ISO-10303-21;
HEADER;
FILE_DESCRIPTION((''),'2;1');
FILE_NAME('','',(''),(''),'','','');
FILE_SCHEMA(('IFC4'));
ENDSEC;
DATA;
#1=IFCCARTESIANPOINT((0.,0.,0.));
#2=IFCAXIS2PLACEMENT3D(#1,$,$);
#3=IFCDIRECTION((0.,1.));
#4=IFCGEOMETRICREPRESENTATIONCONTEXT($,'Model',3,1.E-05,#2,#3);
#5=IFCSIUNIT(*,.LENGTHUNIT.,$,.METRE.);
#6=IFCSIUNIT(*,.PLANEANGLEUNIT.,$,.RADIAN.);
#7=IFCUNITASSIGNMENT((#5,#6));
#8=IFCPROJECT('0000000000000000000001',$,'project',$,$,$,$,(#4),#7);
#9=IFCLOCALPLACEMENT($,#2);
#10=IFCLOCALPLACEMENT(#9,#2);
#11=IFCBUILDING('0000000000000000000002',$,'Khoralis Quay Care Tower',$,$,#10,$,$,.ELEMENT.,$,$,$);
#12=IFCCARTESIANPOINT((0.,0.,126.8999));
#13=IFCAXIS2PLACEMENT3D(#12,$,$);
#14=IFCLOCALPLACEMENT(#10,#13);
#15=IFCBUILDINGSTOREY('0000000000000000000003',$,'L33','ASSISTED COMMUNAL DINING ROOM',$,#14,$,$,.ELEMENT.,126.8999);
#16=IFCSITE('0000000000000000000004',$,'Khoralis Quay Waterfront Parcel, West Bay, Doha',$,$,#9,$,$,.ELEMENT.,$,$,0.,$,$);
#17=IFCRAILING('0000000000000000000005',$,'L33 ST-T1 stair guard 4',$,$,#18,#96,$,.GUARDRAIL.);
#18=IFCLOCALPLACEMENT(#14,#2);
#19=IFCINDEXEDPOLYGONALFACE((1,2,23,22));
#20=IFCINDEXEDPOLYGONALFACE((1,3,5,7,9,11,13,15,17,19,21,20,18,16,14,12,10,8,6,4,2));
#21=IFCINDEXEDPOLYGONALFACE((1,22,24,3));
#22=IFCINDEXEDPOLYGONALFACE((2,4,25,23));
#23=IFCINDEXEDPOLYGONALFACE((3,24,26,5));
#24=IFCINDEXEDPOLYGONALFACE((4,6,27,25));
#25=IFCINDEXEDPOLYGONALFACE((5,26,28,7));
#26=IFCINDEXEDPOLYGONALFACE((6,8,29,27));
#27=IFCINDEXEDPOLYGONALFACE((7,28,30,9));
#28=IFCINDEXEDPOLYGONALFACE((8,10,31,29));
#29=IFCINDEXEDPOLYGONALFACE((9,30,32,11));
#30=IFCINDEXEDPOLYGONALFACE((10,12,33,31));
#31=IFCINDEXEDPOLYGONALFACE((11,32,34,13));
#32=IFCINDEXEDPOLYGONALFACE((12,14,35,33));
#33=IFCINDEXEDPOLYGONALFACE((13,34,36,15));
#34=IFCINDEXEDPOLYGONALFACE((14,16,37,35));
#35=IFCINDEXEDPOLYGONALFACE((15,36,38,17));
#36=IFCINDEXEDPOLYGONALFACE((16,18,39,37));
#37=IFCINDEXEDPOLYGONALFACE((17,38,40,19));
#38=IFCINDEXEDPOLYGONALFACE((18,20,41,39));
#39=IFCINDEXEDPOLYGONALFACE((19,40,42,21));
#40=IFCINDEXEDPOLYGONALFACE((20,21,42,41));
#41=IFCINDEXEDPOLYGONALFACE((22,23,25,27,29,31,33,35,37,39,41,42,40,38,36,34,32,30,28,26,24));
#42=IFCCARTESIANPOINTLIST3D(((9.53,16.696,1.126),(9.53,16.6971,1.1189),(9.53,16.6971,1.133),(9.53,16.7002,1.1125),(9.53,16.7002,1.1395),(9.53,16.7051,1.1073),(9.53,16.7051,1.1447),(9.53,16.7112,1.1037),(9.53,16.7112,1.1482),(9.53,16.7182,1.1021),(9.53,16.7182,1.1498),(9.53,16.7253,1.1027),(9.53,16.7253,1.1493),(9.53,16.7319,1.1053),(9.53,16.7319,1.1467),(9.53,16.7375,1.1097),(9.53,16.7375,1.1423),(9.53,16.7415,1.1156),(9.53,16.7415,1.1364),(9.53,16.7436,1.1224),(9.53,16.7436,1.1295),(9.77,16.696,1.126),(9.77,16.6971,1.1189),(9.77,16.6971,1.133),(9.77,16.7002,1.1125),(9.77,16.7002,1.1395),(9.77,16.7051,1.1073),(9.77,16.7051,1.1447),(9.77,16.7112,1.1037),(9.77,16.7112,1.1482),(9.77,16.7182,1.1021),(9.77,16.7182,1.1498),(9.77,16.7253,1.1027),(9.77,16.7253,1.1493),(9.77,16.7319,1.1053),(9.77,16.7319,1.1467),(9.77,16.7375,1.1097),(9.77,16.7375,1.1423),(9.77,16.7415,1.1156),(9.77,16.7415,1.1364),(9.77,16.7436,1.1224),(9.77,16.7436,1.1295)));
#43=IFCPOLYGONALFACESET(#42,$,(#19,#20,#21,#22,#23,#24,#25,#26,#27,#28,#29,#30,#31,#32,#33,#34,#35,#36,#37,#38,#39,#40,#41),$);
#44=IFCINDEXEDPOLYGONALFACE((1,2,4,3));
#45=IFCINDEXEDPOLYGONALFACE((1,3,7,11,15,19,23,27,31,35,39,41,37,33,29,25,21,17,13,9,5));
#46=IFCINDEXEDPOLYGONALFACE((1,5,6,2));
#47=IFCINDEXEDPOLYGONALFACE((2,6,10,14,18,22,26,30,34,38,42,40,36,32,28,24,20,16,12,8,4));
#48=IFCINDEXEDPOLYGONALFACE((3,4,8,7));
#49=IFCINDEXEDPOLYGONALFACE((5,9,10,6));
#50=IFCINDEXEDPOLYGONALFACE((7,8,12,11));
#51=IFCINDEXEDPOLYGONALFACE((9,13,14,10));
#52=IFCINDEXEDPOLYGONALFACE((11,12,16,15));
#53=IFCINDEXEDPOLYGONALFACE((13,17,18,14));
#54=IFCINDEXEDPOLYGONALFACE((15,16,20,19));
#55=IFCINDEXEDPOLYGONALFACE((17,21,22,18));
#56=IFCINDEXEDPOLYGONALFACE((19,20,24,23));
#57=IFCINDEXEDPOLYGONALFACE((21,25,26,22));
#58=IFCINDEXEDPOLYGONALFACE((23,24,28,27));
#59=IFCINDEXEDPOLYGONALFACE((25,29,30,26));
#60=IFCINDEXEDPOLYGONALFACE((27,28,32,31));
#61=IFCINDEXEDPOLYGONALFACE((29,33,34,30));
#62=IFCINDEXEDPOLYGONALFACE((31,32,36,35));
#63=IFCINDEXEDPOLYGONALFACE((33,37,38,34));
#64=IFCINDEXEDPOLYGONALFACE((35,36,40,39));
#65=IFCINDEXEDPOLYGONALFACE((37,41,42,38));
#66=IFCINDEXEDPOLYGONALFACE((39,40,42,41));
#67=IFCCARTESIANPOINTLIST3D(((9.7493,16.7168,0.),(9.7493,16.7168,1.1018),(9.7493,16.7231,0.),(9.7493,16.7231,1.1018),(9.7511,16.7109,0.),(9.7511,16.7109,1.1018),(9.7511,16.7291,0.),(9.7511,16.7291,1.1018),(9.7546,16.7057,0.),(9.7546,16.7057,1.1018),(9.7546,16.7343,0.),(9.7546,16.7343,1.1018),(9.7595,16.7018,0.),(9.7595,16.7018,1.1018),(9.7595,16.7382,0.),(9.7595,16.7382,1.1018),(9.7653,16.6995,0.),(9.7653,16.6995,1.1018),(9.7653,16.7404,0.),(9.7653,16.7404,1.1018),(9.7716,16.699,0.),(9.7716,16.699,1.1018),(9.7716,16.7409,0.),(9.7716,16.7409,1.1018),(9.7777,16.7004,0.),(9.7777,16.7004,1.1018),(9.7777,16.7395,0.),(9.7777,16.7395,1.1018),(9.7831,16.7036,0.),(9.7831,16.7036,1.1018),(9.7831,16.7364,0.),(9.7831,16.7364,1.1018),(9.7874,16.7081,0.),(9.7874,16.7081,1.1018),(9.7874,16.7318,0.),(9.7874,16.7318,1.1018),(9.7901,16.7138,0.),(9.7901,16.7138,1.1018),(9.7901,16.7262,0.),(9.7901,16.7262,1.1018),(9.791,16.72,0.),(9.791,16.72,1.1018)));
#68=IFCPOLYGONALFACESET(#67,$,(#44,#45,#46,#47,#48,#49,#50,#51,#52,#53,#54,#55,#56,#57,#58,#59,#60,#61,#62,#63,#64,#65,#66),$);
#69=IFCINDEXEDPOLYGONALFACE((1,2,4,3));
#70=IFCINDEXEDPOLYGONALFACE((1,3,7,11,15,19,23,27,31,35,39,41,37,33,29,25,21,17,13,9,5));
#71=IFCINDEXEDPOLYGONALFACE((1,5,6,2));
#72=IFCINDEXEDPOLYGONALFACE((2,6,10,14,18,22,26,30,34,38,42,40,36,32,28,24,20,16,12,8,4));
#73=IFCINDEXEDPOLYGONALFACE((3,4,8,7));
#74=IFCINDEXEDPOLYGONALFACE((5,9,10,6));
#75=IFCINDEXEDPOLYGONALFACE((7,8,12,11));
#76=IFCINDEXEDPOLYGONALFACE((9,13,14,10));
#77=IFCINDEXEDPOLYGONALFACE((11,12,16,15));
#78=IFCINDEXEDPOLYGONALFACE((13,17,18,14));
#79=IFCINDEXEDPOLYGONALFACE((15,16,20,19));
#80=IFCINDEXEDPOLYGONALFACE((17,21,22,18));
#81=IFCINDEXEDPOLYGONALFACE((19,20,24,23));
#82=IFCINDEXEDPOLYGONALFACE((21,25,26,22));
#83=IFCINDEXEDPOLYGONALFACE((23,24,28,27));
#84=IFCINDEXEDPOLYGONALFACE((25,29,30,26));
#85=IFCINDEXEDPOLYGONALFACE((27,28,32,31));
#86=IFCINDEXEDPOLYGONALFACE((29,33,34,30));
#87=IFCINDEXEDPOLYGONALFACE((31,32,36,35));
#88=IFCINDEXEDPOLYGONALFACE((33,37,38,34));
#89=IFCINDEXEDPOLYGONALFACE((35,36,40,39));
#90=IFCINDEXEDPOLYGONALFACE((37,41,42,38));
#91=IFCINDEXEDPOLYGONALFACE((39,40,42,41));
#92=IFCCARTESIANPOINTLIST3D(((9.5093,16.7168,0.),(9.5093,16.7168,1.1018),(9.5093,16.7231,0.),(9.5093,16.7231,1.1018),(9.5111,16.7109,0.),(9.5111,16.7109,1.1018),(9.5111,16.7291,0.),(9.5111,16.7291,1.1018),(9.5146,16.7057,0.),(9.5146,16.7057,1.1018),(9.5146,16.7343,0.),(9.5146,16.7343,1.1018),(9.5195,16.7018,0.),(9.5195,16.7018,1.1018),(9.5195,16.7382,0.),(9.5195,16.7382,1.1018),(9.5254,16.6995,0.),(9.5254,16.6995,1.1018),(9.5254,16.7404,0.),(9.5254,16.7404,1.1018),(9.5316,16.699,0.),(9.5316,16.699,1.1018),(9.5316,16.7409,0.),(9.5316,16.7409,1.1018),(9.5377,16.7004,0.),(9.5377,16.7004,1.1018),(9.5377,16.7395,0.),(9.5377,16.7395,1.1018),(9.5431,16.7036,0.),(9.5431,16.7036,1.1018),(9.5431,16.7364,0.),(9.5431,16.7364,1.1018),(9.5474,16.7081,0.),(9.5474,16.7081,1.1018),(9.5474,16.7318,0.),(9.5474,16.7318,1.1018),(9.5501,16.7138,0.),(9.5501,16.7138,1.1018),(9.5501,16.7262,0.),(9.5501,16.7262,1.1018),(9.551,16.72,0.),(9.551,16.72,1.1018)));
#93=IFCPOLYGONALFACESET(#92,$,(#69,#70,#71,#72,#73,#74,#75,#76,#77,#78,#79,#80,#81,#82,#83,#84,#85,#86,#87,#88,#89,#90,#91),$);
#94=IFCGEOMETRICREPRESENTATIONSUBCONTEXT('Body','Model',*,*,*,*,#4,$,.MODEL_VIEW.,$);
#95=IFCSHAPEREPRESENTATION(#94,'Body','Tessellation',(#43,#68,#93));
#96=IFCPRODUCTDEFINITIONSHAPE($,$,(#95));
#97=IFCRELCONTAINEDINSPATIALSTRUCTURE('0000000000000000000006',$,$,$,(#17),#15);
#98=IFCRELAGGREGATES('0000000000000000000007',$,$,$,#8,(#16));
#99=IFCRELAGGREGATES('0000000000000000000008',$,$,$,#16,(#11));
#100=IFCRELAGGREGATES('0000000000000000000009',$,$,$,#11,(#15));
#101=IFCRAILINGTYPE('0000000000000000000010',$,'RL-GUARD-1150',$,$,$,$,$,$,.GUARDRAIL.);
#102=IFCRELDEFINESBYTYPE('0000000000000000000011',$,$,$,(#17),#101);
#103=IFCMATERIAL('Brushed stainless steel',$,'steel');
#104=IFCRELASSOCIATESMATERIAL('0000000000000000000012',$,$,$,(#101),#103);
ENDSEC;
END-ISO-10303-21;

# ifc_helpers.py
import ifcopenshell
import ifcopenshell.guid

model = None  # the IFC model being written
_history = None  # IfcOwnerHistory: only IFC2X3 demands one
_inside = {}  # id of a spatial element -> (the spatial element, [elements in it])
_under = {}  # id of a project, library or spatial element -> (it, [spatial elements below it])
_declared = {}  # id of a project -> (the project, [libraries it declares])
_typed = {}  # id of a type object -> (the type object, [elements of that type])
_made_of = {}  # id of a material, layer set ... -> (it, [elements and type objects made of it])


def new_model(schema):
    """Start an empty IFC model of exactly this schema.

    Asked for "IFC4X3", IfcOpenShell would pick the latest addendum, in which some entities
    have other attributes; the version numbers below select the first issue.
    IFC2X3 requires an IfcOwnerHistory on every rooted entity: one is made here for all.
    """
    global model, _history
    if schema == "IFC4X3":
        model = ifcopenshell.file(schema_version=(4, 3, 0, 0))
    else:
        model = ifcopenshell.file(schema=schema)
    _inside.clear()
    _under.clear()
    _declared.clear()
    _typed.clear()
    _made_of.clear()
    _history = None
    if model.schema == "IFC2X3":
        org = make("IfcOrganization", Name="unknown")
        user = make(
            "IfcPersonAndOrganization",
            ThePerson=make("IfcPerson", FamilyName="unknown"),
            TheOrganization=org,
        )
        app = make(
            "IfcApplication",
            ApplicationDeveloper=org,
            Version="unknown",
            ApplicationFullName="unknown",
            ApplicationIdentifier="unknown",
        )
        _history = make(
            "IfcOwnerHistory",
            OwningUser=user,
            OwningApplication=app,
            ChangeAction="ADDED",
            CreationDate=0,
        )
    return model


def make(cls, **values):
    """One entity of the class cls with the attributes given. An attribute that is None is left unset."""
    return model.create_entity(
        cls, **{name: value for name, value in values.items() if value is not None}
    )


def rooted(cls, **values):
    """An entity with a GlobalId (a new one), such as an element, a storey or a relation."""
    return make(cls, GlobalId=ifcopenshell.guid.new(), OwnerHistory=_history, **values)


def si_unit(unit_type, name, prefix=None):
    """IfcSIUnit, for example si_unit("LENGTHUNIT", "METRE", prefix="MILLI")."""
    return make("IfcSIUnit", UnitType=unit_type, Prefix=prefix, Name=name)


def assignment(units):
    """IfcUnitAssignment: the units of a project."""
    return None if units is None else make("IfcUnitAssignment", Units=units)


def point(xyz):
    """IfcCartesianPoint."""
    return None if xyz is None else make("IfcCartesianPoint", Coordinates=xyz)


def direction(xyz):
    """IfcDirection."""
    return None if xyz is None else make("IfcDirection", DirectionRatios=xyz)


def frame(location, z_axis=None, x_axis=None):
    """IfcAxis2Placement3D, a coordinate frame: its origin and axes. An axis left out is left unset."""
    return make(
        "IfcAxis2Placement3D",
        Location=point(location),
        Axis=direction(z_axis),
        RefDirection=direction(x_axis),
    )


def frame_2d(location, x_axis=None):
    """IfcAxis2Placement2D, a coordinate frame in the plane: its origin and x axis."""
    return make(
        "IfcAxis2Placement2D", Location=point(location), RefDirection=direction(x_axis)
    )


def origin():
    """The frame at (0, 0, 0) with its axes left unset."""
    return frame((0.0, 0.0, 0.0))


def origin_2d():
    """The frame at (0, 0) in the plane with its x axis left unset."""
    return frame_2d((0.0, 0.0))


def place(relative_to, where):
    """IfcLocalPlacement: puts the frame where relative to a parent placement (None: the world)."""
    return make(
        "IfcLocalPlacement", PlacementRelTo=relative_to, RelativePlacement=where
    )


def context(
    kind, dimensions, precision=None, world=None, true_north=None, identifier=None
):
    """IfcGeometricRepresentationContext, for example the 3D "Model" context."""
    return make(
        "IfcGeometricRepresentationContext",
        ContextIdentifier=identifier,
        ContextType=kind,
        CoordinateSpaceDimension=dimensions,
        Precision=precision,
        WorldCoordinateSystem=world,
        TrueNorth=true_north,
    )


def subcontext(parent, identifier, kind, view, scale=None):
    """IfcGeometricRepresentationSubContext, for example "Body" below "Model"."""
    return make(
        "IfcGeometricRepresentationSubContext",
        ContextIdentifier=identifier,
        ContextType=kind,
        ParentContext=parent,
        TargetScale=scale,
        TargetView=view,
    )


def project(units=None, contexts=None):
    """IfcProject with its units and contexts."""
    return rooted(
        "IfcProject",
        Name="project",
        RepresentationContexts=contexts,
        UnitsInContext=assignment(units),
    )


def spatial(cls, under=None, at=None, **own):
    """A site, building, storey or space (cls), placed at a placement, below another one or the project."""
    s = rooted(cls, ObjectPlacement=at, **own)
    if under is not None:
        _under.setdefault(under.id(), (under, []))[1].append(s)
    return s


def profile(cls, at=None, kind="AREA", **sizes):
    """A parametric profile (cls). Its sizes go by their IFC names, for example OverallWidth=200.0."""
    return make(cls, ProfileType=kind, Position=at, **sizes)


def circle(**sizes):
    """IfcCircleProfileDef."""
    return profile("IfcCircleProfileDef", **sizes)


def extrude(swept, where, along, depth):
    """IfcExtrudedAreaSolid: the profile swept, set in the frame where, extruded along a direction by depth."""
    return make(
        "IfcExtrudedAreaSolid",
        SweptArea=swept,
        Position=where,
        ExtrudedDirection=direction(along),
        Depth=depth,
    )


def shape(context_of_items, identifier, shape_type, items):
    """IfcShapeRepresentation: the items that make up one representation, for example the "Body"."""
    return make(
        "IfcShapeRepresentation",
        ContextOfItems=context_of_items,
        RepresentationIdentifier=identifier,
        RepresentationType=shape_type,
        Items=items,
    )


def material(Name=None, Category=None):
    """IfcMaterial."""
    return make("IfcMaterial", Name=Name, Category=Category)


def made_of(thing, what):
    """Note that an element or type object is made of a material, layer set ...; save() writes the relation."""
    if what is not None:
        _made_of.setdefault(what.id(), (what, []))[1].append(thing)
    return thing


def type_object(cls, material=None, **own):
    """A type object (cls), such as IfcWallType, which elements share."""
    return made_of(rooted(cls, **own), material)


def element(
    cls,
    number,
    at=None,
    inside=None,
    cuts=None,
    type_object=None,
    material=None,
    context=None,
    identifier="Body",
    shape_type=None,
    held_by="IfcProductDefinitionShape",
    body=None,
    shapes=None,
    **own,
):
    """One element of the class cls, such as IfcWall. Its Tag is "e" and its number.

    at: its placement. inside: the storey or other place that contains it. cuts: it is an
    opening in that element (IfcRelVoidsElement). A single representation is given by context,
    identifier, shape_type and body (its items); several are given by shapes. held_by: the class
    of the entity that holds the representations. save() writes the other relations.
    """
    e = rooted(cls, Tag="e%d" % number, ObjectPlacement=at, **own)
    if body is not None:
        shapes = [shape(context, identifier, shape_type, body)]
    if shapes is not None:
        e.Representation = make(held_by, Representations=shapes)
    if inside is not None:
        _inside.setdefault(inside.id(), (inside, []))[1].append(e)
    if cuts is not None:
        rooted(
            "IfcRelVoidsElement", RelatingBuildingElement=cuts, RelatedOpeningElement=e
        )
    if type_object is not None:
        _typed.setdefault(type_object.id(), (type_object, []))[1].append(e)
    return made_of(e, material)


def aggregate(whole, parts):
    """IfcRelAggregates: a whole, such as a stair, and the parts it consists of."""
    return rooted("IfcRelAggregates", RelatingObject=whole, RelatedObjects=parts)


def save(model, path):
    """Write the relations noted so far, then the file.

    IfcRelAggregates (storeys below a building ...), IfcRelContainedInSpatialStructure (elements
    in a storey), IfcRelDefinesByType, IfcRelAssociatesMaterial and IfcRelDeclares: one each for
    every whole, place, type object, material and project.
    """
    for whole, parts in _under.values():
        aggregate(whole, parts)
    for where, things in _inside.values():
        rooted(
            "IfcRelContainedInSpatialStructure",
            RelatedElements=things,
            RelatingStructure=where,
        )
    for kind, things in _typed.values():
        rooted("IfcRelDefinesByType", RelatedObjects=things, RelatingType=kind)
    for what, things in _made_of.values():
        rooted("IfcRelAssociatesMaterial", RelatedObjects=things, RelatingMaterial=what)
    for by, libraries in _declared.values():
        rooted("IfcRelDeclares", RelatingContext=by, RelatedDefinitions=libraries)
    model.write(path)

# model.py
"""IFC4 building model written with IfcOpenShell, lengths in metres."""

from ifc_helpers import new_model, si_unit, direction, frame, origin, origin_2d, place, context, subcontext, project, spatial, circle, extrude, material, type_object, element, save


model = new_model("IFC4")

# Units and contexts
model_context = context("Model", 3, precision=1e-05, world=origin(), true_north=direction((0.0, 1.0)))
body_context = subcontext(model_context, "Body", "Model", "MODEL_VIEW")
ifc_project = project(units=[si_unit("LENGTHUNIT", "METRE"), si_unit("PLANEANGLEUNIT", "RADIAN")], contexts=[model_context])

# Site, building, storey
site_placement = place(None, origin())
site = spatial("IfcSite", under=ifc_project, at=site_placement, Name="Khoralis Quay Waterfront Parcel, West Bay, Doha", CompositionType="ELEMENT", RefElevation=0.0)
building_placement = place(site_placement, origin())
building = spatial("IfcBuilding", under=site, at=building_placement, Name="Khoralis Quay Care Tower", CompositionType="ELEMENT")
storey_placement = place(building_placement, frame((0.0, 0.0, 126.8999)))
storey = spatial("IfcBuildingStorey", under=building, at=storey_placement, Name="L33", Description="ASSISTED COMMUNAL DINING ROOM", CompositionType="ELEMENT", Elevation=126.8999)

# Shared definitions
ifc_material_1 = material(Name="Brushed stainless steel", Category="steel")

# Railing
railing_type_1 = type_object("IfcRailingType", Name="RL-GUARD-1150", PredefinedType="GUARDRAIL", material=ifc_material_1)
railing_1_placement = place(storey_placement, frame((9.77, 16.72, 0.0)))
element("IfcRailing", 1, at=railing_1_placement, inside=storey, type_object=railing_type_1, Name="L33 ST-T1 stair guard 4", PredefinedType="GUARDRAIL", context=body_context, shape_type="SweptSolid", body=[
    extrude(circle(Radius=0.0239, at=origin_2d()), frame((0.0, 0.0, 1.126), z_axis=(-1.0, 0.0, 0.0), x_axis=(0.0, -1.0, 0.0)), (0.0, 0.0, 1.0), 0.24),
    extrude(circle(Radius=0.021, at=origin_2d()), origin(), (0.0, 0.0, 1.0), 1.1018),
    extrude(circle(Radius=0.021, at=origin_2d()), frame((-0.24, 0.0, 0.0)), (0.0, 0.0, 1.0), 1.1018),
])

save(model, "model.ifc")
